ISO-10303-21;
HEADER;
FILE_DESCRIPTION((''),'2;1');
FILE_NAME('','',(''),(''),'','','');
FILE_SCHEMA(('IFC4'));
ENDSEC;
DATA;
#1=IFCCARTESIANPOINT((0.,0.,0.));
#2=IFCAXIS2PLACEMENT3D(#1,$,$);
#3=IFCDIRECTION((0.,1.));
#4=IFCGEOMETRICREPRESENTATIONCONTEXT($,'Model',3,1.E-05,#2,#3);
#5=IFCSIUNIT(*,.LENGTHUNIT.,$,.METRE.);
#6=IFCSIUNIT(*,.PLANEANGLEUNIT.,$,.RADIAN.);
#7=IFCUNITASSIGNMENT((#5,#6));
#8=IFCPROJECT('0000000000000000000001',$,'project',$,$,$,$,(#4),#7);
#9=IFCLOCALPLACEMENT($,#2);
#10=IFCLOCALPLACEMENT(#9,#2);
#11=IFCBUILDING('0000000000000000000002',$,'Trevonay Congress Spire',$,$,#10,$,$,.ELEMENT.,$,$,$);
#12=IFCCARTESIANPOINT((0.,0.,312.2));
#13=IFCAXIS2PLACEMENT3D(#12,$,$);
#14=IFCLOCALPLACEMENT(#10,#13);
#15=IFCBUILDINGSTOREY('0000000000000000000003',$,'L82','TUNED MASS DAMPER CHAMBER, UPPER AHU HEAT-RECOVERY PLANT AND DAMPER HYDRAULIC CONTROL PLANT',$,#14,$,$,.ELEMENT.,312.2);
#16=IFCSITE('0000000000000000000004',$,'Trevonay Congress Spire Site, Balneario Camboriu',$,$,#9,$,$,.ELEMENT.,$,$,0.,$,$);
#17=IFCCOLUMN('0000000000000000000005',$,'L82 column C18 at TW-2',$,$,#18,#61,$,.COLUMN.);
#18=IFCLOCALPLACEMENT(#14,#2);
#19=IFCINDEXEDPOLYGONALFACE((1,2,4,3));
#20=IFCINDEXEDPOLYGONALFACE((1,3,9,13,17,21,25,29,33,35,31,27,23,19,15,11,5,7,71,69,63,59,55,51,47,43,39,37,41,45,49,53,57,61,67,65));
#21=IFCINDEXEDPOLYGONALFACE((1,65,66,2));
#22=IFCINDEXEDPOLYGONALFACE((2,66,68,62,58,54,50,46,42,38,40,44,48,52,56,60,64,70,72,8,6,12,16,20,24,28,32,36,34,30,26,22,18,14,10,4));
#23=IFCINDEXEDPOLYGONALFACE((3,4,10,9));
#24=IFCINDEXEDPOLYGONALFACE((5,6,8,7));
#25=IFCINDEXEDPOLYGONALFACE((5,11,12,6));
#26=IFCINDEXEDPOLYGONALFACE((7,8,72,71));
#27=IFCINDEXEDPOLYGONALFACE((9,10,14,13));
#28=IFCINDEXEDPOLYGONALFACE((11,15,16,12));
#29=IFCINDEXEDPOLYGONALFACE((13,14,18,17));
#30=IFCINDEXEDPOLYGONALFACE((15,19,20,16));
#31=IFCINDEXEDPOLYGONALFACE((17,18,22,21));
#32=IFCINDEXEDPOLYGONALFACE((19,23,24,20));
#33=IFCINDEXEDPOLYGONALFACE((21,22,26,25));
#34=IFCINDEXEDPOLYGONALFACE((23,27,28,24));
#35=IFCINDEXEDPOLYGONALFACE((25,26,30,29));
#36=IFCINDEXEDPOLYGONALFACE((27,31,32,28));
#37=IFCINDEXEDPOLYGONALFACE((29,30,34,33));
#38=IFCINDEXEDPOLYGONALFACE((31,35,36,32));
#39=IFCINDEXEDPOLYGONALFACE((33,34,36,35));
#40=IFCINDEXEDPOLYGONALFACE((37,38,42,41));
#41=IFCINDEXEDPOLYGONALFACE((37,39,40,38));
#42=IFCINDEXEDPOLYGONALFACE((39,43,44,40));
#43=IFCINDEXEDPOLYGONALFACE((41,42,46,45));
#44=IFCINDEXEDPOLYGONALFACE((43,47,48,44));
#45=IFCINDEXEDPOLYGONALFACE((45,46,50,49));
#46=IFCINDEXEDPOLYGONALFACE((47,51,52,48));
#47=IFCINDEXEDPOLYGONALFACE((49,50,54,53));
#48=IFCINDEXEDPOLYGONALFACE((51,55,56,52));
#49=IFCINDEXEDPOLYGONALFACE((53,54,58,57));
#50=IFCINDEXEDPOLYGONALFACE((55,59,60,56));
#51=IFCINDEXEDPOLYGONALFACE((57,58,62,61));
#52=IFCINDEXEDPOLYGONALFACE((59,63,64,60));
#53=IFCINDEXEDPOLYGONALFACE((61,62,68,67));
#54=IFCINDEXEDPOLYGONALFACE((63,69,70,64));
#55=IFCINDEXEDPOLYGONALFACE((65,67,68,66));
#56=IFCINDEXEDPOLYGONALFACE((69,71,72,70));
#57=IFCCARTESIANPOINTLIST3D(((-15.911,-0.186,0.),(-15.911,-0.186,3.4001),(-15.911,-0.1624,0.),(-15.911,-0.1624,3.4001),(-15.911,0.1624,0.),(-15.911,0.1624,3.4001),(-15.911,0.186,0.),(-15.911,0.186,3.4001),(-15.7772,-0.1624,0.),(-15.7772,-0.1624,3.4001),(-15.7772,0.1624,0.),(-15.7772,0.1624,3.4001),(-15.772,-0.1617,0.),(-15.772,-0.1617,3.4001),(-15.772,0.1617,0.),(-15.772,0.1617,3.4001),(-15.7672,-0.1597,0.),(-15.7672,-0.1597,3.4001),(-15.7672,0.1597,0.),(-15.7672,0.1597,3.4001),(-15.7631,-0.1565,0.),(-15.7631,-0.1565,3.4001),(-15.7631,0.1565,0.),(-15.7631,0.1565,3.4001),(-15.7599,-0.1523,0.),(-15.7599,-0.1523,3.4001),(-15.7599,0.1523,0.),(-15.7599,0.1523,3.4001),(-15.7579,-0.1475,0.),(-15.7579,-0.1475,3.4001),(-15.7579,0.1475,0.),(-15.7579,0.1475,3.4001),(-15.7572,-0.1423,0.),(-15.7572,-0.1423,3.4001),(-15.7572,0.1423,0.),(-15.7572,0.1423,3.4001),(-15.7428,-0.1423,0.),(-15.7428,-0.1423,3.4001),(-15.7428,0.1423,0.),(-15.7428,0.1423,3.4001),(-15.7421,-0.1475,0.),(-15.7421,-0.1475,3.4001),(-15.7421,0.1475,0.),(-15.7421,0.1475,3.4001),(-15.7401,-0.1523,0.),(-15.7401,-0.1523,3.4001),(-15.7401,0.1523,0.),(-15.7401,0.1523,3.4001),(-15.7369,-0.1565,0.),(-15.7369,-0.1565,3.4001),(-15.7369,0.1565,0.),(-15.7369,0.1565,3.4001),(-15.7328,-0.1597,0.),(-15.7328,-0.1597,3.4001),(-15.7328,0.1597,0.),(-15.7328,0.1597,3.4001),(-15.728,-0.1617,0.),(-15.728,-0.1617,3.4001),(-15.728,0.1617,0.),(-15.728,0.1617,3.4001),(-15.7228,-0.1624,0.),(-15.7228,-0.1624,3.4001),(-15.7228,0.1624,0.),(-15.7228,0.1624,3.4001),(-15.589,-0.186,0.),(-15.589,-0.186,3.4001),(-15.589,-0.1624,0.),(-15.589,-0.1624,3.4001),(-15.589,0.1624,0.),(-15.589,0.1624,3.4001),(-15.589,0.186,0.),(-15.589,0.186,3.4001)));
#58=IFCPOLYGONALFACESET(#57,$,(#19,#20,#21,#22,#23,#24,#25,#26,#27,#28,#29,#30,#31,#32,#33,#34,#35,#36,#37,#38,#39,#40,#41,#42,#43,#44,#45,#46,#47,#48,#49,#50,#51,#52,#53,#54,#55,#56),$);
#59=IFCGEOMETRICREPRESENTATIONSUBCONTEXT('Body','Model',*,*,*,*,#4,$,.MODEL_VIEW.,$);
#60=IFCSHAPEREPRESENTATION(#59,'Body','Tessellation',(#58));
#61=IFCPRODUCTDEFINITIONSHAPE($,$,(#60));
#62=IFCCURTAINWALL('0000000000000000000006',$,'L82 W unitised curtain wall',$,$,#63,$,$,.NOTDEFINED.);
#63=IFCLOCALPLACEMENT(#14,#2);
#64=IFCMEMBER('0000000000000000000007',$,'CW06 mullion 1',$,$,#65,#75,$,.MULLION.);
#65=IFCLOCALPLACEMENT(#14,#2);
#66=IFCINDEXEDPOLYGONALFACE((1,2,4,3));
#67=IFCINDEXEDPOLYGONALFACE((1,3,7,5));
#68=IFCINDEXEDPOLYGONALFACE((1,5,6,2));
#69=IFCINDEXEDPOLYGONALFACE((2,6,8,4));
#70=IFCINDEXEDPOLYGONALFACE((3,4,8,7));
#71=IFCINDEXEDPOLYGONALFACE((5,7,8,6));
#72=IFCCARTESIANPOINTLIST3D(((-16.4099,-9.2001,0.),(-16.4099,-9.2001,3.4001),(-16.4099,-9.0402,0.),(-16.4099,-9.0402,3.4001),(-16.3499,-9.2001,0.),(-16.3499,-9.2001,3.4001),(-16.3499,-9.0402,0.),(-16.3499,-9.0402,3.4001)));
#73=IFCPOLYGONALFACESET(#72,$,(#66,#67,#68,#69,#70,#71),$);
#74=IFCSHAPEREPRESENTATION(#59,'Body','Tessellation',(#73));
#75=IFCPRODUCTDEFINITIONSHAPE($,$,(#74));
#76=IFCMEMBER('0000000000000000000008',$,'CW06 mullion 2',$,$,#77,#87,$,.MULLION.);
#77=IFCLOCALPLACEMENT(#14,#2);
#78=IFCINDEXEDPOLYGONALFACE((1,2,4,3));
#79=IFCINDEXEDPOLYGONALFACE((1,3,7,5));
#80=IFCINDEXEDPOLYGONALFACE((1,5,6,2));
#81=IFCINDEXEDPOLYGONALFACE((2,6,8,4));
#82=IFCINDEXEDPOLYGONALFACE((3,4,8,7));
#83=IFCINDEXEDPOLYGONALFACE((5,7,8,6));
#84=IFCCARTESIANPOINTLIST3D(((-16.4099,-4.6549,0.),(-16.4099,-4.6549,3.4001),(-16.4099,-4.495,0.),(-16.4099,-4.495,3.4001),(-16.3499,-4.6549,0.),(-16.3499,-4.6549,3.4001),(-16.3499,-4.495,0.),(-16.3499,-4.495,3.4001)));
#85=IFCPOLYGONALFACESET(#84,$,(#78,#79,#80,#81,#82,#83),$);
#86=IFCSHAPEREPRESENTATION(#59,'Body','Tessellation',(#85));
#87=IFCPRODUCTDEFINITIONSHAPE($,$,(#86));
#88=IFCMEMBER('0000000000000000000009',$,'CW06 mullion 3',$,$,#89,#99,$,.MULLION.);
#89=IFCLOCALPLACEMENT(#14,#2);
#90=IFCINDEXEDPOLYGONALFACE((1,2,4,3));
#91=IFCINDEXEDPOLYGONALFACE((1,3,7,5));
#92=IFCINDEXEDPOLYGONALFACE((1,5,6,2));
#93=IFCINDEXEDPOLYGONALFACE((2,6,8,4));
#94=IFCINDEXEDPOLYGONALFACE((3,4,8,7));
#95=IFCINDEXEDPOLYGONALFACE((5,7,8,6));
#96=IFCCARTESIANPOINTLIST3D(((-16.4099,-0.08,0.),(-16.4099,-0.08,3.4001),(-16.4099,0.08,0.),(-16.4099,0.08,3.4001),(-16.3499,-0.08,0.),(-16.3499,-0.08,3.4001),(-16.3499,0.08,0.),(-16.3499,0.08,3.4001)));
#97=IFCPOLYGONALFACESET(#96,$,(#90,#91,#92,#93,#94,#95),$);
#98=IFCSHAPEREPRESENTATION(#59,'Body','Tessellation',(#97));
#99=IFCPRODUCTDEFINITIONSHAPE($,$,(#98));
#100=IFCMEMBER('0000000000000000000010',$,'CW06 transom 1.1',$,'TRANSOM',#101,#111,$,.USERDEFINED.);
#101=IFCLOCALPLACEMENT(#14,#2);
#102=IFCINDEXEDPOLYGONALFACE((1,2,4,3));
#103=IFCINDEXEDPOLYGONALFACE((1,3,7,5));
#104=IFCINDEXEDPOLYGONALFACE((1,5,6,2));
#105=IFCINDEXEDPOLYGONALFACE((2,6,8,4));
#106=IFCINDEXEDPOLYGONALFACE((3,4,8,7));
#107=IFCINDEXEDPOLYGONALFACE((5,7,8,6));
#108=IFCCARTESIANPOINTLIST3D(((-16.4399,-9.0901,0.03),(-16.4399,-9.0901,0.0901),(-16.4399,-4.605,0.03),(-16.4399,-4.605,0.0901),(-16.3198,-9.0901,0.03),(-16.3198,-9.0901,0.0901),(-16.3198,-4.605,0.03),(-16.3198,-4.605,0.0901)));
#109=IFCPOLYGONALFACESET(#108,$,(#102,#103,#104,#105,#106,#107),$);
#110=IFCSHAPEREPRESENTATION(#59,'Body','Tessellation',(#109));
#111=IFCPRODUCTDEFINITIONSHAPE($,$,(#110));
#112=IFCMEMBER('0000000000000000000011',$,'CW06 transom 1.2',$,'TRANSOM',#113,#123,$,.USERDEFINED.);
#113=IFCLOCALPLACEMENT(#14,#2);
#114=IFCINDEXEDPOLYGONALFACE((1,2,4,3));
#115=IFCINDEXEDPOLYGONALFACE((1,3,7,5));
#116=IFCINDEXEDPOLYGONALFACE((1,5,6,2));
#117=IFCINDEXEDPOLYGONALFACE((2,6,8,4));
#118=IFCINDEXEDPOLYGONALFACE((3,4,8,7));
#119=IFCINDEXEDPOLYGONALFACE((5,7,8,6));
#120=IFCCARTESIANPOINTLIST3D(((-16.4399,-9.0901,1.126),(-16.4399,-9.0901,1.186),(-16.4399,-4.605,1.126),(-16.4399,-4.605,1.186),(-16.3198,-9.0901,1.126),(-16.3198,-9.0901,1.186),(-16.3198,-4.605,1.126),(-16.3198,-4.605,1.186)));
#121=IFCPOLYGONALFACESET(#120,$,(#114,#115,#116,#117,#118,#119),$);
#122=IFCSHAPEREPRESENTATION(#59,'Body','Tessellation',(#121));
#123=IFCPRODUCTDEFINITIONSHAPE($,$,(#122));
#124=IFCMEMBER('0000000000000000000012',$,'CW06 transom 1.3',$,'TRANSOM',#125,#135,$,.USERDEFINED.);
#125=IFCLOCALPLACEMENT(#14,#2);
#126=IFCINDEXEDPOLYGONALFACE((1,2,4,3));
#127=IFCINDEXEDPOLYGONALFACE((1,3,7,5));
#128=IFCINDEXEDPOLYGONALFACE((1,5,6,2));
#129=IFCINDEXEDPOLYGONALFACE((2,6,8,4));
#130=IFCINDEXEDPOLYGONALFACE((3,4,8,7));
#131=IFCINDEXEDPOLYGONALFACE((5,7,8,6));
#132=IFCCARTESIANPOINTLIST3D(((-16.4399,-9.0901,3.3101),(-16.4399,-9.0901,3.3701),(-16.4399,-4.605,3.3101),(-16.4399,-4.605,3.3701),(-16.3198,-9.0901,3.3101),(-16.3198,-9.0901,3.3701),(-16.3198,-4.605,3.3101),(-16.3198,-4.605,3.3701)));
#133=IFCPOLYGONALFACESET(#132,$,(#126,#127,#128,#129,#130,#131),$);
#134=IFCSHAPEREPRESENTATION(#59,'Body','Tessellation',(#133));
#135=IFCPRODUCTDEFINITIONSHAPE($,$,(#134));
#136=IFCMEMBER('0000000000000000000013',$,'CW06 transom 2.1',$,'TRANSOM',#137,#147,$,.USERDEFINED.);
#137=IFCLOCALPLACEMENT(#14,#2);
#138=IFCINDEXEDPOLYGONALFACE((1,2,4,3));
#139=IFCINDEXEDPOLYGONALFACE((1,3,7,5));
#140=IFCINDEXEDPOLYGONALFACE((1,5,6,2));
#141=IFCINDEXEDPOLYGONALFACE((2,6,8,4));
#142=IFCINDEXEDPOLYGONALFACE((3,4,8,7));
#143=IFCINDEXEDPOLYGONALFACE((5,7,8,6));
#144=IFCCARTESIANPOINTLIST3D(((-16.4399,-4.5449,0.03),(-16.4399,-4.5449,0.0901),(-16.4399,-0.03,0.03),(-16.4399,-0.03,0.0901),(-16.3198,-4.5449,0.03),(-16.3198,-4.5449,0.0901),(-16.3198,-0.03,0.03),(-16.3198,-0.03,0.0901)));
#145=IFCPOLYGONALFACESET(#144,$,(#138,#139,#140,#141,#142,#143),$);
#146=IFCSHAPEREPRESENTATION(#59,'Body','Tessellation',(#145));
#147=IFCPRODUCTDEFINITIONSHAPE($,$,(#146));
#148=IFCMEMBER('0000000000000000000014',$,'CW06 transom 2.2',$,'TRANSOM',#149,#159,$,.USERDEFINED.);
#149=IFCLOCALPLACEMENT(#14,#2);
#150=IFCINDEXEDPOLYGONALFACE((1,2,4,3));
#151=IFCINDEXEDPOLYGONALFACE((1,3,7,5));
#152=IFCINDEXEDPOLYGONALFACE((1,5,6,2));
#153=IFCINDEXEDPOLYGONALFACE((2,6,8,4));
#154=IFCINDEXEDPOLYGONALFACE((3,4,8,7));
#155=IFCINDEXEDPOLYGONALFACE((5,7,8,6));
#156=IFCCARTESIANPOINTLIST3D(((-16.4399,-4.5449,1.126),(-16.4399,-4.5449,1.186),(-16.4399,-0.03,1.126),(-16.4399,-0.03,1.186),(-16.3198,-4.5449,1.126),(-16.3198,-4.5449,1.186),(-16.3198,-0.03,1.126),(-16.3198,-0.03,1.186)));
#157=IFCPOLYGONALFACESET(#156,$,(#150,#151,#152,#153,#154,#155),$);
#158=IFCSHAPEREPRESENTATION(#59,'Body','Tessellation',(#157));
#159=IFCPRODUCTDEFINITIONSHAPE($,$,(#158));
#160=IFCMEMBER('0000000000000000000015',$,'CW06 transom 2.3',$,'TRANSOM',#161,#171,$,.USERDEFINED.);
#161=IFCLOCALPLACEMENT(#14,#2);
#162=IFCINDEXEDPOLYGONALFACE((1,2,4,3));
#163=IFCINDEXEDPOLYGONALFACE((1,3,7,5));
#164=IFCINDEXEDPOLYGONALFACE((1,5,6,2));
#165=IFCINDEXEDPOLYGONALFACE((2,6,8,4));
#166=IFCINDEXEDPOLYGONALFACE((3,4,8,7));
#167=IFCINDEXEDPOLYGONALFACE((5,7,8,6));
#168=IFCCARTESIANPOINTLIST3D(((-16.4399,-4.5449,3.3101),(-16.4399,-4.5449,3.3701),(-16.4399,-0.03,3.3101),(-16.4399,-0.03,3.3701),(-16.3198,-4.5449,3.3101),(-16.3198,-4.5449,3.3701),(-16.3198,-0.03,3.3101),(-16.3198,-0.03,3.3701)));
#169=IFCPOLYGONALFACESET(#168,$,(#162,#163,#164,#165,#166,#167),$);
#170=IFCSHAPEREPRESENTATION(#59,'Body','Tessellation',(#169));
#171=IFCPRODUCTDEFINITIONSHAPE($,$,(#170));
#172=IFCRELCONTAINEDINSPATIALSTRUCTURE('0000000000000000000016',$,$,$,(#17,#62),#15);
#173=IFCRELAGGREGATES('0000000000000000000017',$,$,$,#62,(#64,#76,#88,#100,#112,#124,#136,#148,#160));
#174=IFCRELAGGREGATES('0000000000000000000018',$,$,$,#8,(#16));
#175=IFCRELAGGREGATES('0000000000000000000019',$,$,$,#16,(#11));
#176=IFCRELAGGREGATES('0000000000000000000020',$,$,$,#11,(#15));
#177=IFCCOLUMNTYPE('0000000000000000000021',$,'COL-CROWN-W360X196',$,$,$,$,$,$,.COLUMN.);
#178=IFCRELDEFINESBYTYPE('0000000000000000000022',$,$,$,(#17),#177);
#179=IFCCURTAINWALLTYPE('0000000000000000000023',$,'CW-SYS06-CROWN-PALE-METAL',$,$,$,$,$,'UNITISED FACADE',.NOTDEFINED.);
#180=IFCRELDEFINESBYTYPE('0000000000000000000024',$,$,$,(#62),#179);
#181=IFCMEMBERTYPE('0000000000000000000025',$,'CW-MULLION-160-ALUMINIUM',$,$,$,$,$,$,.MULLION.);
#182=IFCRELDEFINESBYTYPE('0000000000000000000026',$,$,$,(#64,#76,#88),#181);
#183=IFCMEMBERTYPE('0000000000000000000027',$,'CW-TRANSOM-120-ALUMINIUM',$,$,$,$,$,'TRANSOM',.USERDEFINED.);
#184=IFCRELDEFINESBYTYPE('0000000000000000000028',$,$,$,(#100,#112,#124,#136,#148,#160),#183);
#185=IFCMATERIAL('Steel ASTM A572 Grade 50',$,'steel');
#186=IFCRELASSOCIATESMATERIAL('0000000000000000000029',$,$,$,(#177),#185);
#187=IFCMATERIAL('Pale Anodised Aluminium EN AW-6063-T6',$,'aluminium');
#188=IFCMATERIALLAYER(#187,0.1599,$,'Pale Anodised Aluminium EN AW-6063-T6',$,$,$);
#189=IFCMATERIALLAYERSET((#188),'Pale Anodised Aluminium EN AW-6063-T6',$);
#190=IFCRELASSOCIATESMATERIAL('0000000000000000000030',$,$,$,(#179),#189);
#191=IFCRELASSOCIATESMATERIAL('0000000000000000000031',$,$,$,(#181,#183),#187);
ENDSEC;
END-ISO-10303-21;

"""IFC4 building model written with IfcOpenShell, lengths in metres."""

from ifc_helpers import new_model, si_unit, direction, frame, origin, origin_2d, place, context, subcontext, project, spatial, rectangle, i_section, extrude, material, layer, layer_set, material_profile, profile_set, type_object, element, aggregate, save


model = new_model("IFC4")

# Units and contexts
model_context = context("Model", 3, precision=1e-05, world=origin(), true_north=direction((0.0, 1.0)))
body_context = subcontext(model_context, "Body", "Model", "MODEL_VIEW")
ifc_project = project(units=[si_unit("LENGTHUNIT", "METRE"), si_unit("PLANEANGLEUNIT", "RADIAN")], contexts=[model_context])

# Site, building, storey
site_placement = place(None, origin())
site = spatial("IfcSite", under=ifc_project, at=site_placement, Name="Trevonay Congress Spire Site, Balneario Camboriu", CompositionType="ELEMENT", RefElevation=0.0)
building_placement = place(site_placement, origin())
building = spatial("IfcBuilding", under=site, at=building_placement, Name="Trevonay Congress Spire", CompositionType="ELEMENT")
storey_placement = place(building_placement, frame((0.0, 0.0, 312.2)))
storey = spatial("IfcBuildingStorey", under=building, at=storey_placement, Name="L82", Description="TUNED MASS DAMPER CHAMBER, UPPER AHU HEAT-RECOVERY PLANT AND DAMPER HYDRAULIC CONTROL PLANT", CompositionType="ELEMENT", Elevation=312.2)

# Column
ifc_material_1 = material(Name="Steel ASTM A572 Grade 50", Category="steel")
ifc_material_profile_1 = material_profile(ifc_material_1, i_section(OverallWidth=0.322, OverallDepth=0.3721, WebThickness=0.0144, FlangeThickness=0.0237, FilletRadius=0.02, at=origin_2d()), Name="W360x196")
ifc_profile_set_1 = profile_set([ifc_material_profile_1], Name="Steel ASTM A572 Grade 50")
column_type = type_object("IfcColumnType", Name="COL-CROWN-W360X196", PredefinedType="COLUMN", material=ifc_profile_set_1)
column_placement = place(storey_placement, frame((-15.75, 0.0, 0.0), z_axis=(0.0, 0.0, 1.0), x_axis=(1.0, 0.0, 0.0)))
element("IfcColumn", 1, at=column_placement, inside=storey, type_object=column_type, Name="L82 column C18 at TW-2", PredefinedType="COLUMN", context=body_context, shape_type="SweptSolid", body=[
    extrude(i_section(OverallWidth=0.322, OverallDepth=0.3721, WebThickness=0.0144, FlangeThickness=0.0237, FilletRadius=0.02, at=origin_2d()), origin(), (0.0, 0.0, 1.0), 3.4001),
])

# Curtain wall, members
ifc_material_2 = material(Name="Pale Anodised Aluminium EN AW-6063-T6", Category="aluminium")
ifc_layer_1 = layer(ifc_material_2, 0.1599, Name="Pale Anodised Aluminium EN AW-6063-T6")
ifc_layer_set_1 = layer_set([ifc_layer_1], Name="Pale Anodised Aluminium EN AW-6063-T6")
curtain_wall_type = type_object("IfcCurtainWallType", Name="CW-SYS06-CROWN-PALE-METAL", ElementType="UNITISED FACADE", PredefinedType="NOTDEFINED", material=ifc_layer_set_1)
curtain_wall_placement = place(storey_placement, origin())
curtain_wall = element("IfcCurtainWall", 2, at=curtain_wall_placement, inside=storey, type_object=curtain_wall_type, Name="L82 W unitised curtain wall", PredefinedType="NOTDEFINED")
ifc_material_profile_2 = material_profile(ifc_material_2, rectangle(XDim=0.0601, YDim=0.1599, at=origin_2d()), Name="CW-MULLION-160-ALUMINIUM")
ifc_profile_set_2 = profile_set([ifc_material_profile_2], Name="Pale Anodised Aluminium EN AW-6063-T6")
member_type_1 = type_object("IfcMemberType", Name="CW-MULLION-160-ALUMINIUM", PredefinedType="MULLION", material=ifc_profile_set_2)
member_1_placement = place(storey_placement, frame((-16.3799, -9.1201, 0.0), z_axis=(0.0, 0.0, 1.0), x_axis=(-1.0, 0.0, 0.0)))
member_1 = element("IfcMember", 3, at=member_1_placement, type_object=member_type_1, Name="CW06 mullion 1", PredefinedType="MULLION", context=body_context, shape_type="SweptSolid", body=[
    extrude(rectangle(XDim=0.0601, YDim=0.1599, at=origin_2d()), origin(), (0.0, 0.0, 1.0), 3.4001),
])
member_2_placement = place(storey_placement, frame((-16.3799, -4.575, 0.0), z_axis=(0.0, 0.0, 1.0), x_axis=(-1.0, 0.0, 0.0)))
member_2 = element("IfcMember", 4, at=member_2_placement, type_object=member_type_1, Name="CW06 mullion 2", PredefinedType="MULLION", context=body_context, shape_type="SweptSolid", body=[
    extrude(rectangle(XDim=0.0601, YDim=0.1599, at=origin_2d()), origin(), (0.0, 0.0, 1.0), 3.4001),
])
member_3_placement = place(storey_placement, frame((-16.3799, 0.0, 0.0), z_axis=(0.0, 0.0, 1.0), x_axis=(-1.0, 0.0, 0.0)))
member_3 = element("IfcMember", 5, at=member_3_placement, type_object=member_type_1, Name="CW06 mullion 3", PredefinedType="MULLION", context=body_context, shape_type="SweptSolid", body=[
    extrude(rectangle(XDim=0.0601, YDim=0.1599, at=origin_2d()), origin(), (0.0, 0.0, 1.0), 3.4001),
])
ifc_material_profile_3 = material_profile(ifc_material_2, rectangle(XDim=0.1201, YDim=0.0601, at=origin_2d()), Name="CW-TRANSOM-120-ALUMINIUM")
ifc_profile_set_3 = profile_set([ifc_material_profile_3], Name="Pale Anodised Aluminium EN AW-6063-T6")
member_type_2 = type_object("IfcMemberType", Name="CW-TRANSOM-120-ALUMINIUM", ElementType="TRANSOM", PredefinedType="USERDEFINED", material=ifc_profile_set_3)
member_4_placement = place(storey_placement, frame((-16.3799, -9.0901, 0.0601), z_axis=(0.0, 1.0, 0.0), x_axis=(-1.0, 0.0, 0.0)))
member_4 = element("IfcMember", 6, at=member_4_placement, type_object=member_type_2, Name="CW06 transom 1.1", ObjectType="TRANSOM", PredefinedType="USERDEFINED", context=body_context, shape_type="SweptSolid", body=[
    extrude(rectangle(XDim=0.1201, YDim=0.0601, at=origin_2d()), origin(), (0.0, 0.0, 1.0), 4.4851),
])
member_5_placement = place(storey_placement, frame((-16.3799, -9.0901, 1.156), z_axis=(0.0, 1.0, 0.0), x_axis=(-1.0, 0.0, 0.0)))
member_5 = element("IfcMember", 7, at=member_5_placement, type_object=member_type_2, Name="CW06 transom 1.2", ObjectType="TRANSOM", PredefinedType="USERDEFINED", context=body_context, shape_type="SweptSolid", body=[
    extrude(rectangle(XDim=0.1201, YDim=0.0601, at=origin_2d()), origin(), (0.0, 0.0, 1.0), 4.4851),
])
member_6_placement = place(storey_placement, frame((-16.3799, -9.0901, 3.3401), z_axis=(0.0, 1.0, 0.0), x_axis=(-1.0, 0.0, 0.0)))
member_6 = element("IfcMember", 8, at=member_6_placement, type_object=member_type_2, Name="CW06 transom 1.3", ObjectType="TRANSOM", PredefinedType="USERDEFINED", context=body_context, shape_type="SweptSolid", body=[
    extrude(rectangle(XDim=0.1201, YDim=0.0601, at=origin_2d()), origin(), (0.0, 0.0, 1.0), 4.4851),
])
member_7_placement = place(storey_placement, frame((-16.3799, -4.5449, 0.0601), z_axis=(0.0, 1.0, 0.0), x_axis=(-1.0, 0.0, 0.0)))
member_7 = element("IfcMember", 9, at=member_7_placement, type_object=member_type_2, Name="CW06 transom 2.1", ObjectType="TRANSOM", PredefinedType="USERDEFINED", context=body_context, shape_type="SweptSolid", body=[
    extrude(rectangle(XDim=0.1201, YDim=0.0601, at=origin_2d()), origin(), (0.0, 0.0, 1.0), 4.5149),
])
member_8_placement = place(storey_placement, frame((-16.3799, -4.5449, 1.156), z_axis=(0.0, 1.0, 0.0), x_axis=(-1.0, 0.0, 0.0)))
member_8 = element("IfcMember", 10, at=member_8_placement, type_object=member_type_2, Name="CW06 transom 2.2", ObjectType="TRANSOM", PredefinedType="USERDEFINED", context=body_context, shape_type="SweptSolid", body=[
    extrude(rectangle(XDim=0.1201, YDim=0.0601, at=origin_2d()), origin(), (0.0, 0.0, 1.0), 4.5149),
])
member_9_placement = place(storey_placement, frame((-16.3799, -4.5449, 3.3401), z_axis=(0.0, 1.0, 0.0), x_axis=(-1.0, 0.0, 0.0)))
member_9 = element("IfcMember", 11, at=member_9_placement, type_object=member_type_2, Name="CW06 transom 2.3", ObjectType="TRANSOM", PredefinedType="USERDEFINED", context=body_context, shape_type="SweptSolid", body=[
    extrude(rectangle(XDim=0.1201, YDim=0.0601, at=origin_2d()), origin(), (0.0, 0.0, 1.0), 4.5149),
])

aggregate(curtain_wall, [member_1, member_2, member_3, member_4, member_5, member_6, member_7, member_8, member_9])

save(model, "model.ifc")
